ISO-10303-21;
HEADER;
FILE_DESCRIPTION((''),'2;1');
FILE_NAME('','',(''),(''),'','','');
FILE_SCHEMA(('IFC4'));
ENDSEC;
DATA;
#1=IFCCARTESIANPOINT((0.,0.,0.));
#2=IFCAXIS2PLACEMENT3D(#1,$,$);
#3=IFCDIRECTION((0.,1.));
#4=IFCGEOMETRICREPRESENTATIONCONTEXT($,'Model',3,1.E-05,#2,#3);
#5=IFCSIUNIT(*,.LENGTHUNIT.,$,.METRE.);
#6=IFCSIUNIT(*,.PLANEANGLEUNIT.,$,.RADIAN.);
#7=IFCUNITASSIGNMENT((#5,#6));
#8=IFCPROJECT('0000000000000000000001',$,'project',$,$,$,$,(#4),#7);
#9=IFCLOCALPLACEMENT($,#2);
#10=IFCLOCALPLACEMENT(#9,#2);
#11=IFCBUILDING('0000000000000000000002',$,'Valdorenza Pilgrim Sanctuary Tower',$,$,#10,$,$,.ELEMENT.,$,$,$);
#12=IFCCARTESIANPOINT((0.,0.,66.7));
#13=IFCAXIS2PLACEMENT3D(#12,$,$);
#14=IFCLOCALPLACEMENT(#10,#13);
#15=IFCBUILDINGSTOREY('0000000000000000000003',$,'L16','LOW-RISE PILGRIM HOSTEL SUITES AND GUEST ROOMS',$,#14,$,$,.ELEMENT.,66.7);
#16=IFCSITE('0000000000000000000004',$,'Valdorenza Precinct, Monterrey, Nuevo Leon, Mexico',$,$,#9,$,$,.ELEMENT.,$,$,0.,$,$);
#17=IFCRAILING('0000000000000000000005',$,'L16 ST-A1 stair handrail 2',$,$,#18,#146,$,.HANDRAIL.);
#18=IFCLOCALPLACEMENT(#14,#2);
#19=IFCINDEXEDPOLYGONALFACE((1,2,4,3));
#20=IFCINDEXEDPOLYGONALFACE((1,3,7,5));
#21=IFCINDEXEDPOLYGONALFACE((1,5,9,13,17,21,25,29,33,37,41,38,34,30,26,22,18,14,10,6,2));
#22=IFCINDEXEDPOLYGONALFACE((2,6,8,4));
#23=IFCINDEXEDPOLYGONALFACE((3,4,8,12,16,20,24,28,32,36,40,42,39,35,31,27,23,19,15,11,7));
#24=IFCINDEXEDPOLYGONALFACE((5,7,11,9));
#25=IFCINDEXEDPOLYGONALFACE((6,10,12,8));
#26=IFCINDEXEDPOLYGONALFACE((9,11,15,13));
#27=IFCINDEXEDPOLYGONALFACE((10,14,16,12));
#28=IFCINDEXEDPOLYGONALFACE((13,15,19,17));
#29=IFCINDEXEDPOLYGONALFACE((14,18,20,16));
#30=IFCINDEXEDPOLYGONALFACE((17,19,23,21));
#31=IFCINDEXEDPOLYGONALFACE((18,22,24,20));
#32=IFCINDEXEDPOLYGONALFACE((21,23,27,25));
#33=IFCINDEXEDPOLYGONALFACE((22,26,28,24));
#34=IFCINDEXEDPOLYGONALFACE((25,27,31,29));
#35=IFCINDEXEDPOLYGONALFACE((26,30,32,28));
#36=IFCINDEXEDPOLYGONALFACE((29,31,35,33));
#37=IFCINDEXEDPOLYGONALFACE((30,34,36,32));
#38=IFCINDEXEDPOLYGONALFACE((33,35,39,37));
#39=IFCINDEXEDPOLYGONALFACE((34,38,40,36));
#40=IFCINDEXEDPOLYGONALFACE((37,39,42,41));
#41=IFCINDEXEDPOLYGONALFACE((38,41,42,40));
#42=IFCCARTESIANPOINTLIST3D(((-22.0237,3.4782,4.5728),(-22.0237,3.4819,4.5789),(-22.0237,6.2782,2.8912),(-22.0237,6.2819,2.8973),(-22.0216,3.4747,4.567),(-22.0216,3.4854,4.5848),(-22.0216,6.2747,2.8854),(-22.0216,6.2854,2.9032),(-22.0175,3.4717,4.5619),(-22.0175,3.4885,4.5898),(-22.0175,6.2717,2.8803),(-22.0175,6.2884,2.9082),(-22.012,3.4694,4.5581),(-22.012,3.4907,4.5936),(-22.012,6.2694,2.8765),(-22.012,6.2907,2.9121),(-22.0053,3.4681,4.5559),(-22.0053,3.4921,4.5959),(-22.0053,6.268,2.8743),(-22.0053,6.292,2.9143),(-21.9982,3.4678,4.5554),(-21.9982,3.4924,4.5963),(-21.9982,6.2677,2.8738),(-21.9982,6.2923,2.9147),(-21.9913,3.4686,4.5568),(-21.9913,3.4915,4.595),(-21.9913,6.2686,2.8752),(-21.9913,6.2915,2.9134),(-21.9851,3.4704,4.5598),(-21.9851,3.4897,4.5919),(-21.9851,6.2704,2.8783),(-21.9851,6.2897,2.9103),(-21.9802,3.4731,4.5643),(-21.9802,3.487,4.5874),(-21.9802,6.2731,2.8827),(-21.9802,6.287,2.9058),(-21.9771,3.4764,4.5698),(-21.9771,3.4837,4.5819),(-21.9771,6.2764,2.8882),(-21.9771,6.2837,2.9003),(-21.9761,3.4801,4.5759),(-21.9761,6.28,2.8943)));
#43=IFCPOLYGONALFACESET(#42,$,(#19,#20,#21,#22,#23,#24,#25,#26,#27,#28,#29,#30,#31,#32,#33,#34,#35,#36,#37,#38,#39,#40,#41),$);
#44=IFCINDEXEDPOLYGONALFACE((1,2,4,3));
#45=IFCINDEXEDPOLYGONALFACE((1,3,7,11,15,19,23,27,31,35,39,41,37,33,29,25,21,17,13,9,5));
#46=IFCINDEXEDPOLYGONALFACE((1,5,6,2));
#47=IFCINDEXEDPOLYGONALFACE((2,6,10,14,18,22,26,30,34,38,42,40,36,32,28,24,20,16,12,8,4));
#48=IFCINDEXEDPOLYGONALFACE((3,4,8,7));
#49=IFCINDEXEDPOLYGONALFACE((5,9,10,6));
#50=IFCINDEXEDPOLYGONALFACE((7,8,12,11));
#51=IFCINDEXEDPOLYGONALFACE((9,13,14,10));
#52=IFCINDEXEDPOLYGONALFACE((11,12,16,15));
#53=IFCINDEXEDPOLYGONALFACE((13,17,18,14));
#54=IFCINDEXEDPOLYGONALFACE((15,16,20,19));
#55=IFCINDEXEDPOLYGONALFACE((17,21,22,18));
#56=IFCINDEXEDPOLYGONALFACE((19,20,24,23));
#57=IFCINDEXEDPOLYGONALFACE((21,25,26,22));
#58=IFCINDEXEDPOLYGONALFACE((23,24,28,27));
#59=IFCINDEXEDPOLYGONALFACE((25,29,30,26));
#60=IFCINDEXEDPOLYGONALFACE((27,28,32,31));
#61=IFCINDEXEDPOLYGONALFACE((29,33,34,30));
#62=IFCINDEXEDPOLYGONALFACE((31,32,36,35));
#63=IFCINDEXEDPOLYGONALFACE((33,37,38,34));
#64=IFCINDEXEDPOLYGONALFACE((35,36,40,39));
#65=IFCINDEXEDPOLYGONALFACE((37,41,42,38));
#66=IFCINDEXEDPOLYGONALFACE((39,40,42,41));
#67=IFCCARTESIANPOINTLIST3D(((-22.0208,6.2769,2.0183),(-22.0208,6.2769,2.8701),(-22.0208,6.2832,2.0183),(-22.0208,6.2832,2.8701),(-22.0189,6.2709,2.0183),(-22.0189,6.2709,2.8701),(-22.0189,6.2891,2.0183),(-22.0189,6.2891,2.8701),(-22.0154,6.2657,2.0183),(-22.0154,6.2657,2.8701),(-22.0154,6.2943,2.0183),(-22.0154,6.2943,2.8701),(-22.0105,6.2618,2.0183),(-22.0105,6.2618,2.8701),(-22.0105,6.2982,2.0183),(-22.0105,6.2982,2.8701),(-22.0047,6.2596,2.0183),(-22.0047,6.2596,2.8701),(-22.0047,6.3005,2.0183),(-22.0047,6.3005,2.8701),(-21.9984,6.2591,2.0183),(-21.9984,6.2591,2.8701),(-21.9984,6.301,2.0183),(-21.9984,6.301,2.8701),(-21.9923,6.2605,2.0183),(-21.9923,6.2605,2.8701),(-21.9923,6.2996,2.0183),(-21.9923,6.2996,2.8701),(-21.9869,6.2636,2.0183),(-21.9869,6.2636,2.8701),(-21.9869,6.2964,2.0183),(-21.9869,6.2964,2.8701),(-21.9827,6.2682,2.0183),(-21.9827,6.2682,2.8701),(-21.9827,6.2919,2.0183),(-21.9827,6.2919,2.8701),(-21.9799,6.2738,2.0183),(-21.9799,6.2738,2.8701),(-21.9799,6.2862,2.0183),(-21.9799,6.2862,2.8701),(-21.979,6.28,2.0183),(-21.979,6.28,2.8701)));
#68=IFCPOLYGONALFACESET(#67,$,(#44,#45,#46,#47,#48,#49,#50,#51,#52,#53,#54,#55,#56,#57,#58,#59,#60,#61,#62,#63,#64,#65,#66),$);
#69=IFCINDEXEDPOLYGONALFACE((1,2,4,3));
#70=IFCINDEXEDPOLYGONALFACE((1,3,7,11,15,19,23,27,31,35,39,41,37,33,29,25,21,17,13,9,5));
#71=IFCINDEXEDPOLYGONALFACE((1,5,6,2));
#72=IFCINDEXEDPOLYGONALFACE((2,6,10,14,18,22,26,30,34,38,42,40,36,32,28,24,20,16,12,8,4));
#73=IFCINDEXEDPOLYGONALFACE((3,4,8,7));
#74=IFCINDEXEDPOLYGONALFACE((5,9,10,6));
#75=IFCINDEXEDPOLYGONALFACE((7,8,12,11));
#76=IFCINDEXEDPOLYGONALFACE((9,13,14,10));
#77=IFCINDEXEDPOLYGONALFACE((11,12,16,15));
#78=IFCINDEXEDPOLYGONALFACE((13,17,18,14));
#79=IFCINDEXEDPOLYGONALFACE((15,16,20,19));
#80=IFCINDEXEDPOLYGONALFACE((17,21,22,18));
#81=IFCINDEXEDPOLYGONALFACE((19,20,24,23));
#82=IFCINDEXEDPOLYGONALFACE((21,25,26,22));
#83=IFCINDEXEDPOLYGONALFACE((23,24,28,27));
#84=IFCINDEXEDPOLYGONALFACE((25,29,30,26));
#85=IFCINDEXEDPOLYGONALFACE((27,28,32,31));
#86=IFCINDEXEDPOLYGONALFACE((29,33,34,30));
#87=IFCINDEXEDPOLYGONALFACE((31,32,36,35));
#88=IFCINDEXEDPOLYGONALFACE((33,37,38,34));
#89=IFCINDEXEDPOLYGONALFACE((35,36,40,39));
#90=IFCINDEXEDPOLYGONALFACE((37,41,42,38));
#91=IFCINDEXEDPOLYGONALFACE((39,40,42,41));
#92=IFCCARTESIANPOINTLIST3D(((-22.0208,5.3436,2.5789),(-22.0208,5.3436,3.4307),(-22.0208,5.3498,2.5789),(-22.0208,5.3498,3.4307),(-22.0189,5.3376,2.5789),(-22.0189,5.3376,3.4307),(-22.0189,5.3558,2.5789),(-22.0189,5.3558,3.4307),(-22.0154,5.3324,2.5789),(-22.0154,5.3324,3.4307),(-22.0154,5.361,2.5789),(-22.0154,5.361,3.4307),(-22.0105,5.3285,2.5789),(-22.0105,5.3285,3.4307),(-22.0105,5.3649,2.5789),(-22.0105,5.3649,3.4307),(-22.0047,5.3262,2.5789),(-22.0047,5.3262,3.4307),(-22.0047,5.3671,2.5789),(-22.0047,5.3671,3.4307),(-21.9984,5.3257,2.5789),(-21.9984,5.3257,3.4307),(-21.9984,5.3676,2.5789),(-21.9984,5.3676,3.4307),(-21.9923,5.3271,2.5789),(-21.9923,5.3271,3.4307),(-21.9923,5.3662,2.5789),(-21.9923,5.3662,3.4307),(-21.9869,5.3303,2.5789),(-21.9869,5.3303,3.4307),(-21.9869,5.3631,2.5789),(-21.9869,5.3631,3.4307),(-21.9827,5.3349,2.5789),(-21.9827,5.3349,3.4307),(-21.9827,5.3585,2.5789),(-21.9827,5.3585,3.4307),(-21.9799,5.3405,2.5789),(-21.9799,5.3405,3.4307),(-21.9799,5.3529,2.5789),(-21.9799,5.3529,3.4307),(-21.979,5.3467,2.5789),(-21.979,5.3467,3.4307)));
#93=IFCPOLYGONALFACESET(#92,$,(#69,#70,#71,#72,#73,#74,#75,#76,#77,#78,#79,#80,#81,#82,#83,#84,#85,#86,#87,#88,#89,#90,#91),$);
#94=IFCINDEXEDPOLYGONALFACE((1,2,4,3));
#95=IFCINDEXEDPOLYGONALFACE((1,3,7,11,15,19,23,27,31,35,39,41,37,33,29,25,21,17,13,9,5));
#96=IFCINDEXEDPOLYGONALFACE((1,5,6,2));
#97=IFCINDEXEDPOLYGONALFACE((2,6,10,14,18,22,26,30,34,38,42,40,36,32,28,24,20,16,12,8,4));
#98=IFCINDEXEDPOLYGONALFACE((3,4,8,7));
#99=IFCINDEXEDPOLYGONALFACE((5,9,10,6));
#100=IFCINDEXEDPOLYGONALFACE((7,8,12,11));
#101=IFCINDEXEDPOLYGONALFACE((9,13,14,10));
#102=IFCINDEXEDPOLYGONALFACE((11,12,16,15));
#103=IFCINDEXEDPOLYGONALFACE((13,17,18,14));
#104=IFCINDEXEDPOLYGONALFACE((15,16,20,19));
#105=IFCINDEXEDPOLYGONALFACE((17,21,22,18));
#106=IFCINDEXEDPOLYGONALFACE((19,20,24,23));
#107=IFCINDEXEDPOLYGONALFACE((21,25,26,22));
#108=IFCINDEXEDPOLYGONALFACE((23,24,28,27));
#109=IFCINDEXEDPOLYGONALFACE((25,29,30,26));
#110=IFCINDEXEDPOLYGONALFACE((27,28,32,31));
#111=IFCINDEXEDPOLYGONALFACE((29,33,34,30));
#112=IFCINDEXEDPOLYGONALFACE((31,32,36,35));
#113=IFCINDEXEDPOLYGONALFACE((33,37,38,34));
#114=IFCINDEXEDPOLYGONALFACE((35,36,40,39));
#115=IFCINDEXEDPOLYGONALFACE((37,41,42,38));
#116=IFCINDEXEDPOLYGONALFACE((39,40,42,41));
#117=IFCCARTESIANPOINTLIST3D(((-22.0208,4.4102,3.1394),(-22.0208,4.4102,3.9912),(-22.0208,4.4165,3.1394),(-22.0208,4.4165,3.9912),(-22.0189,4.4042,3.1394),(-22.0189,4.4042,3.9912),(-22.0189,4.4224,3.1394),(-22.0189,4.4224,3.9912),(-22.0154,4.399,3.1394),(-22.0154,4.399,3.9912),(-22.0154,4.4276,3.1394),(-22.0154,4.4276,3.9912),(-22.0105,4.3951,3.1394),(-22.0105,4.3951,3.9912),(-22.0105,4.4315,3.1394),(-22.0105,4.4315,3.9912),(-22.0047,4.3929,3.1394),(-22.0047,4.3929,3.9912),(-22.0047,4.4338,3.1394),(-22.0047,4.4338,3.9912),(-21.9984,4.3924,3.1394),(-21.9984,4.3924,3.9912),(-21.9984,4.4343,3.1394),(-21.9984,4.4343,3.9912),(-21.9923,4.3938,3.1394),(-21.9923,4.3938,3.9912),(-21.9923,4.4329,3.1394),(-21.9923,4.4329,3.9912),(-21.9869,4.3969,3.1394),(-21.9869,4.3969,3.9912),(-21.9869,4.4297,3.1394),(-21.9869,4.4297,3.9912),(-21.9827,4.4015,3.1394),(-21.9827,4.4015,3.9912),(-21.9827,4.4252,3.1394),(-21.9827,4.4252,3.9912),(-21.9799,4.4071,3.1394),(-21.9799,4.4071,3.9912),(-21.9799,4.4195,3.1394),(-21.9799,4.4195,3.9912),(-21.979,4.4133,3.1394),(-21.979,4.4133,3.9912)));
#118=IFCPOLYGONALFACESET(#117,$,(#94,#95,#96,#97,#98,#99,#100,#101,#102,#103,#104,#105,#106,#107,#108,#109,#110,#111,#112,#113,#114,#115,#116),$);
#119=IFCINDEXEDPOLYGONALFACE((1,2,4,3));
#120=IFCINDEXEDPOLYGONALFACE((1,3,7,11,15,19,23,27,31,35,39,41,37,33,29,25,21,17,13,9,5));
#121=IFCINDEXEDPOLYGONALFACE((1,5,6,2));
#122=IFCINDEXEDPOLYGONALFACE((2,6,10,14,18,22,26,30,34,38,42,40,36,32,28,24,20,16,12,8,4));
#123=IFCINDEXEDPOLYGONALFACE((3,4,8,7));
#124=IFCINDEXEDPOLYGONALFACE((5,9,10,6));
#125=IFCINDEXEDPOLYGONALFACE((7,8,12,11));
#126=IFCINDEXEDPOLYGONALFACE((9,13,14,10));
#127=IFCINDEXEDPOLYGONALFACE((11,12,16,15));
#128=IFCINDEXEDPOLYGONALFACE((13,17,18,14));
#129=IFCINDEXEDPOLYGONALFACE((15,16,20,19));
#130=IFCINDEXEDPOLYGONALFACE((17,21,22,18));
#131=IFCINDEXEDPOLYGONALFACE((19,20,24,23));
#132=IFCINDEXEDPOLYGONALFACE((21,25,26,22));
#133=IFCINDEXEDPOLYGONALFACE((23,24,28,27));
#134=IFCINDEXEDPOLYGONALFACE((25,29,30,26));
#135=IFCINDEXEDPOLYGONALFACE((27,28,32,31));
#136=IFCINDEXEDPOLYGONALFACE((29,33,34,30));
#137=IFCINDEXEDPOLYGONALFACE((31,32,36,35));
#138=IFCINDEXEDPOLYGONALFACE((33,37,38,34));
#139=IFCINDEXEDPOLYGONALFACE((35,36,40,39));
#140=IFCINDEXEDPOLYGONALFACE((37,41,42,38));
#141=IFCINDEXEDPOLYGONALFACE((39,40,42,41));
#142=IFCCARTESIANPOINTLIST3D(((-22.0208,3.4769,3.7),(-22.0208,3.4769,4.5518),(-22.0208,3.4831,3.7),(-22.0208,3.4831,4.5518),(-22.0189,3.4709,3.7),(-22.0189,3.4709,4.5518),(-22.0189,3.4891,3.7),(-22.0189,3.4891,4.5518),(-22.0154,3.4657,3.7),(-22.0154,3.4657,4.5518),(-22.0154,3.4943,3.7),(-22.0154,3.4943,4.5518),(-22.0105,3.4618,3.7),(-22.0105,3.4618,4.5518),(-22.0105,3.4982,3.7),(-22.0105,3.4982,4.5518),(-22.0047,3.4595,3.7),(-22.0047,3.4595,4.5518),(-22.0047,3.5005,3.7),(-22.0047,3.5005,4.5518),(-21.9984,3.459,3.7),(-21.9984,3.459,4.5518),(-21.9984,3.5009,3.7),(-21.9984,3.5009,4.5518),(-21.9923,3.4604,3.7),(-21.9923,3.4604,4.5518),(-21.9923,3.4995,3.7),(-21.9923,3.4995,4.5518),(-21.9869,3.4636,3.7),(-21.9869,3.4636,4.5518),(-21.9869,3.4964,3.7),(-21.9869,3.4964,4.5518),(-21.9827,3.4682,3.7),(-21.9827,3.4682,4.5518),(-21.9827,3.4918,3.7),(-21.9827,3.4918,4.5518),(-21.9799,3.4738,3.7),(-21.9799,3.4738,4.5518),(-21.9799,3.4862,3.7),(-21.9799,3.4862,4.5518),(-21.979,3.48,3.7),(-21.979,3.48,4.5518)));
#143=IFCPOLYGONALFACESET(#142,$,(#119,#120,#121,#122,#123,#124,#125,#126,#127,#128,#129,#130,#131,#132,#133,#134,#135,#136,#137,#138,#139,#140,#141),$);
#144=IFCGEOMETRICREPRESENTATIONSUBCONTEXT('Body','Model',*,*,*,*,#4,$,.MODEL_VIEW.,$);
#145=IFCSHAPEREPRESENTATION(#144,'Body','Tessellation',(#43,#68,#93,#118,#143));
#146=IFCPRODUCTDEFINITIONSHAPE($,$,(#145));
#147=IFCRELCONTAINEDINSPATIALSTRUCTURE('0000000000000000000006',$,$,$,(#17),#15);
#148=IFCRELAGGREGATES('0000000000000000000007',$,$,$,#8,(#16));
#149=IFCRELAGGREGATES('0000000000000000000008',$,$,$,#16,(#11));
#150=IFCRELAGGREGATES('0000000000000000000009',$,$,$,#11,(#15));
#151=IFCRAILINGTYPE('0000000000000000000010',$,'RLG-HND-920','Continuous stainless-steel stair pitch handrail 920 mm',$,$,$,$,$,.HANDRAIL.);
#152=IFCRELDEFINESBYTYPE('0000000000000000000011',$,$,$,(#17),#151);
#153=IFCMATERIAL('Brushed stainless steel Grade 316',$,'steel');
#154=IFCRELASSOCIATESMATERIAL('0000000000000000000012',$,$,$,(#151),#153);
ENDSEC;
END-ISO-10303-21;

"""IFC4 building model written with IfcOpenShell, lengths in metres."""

from ifc_helpers import new_model, si_unit, direction, frame, origin, origin_2d, place, context, subcontext, project, spatial, circle, extrude, material, type_object, element, save


model = new_model("IFC4")

# Units and contexts
model_context = context("Model", 3, precision=1e-05, world=origin(), true_north=direction((0.0, 1.0)))
body_context = subcontext(model_context, "Body", "Model", "MODEL_VIEW")
ifc_project = project(units=[si_unit("LENGTHUNIT", "METRE"), si_unit("PLANEANGLEUNIT", "RADIAN")], contexts=[model_context])

# Site, building, storey
site_placement = place(None, origin())
site = spatial("IfcSite", under=ifc_project, at=site_placement, Name="Valdorenza Precinct, Monterrey, Nuevo Leon, Mexico", CompositionType="ELEMENT", RefElevation=0.0)
building_placement = place(site_placement, origin())
building = spatial("IfcBuilding", under=site, at=building_placement, Name="Valdorenza Pilgrim Sanctuary Tower", CompositionType="ELEMENT")
storey_placement = place(building_placement, frame((0.0, 0.0, 66.7)))
storey = spatial("IfcBuildingStorey", under=building, at=storey_placement, Name="L16", Description="LOW-RISE PILGRIM HOSTEL SUITES AND GUEST ROOMS", CompositionType="ELEMENT", Elevation=66.7)

# Railing
ifc_material_1 = material(Name="Brushed stainless steel Grade 316", Category="steel")
railing_type_1 = type_object("IfcRailingType", Name="RLG-HND-920", Description="Continuous stainless-steel stair pitch handrail 920 mm", PredefinedType="HANDRAIL", material=ifc_material_1)
railing_1_placement = place(storey_placement, frame((-22.0, 6.28, 2.0183)))
element("IfcRailing", 1, at=railing_1_placement, inside=storey, type_object=railing_type_1, Name="L16 ST-A1 stair handrail 2", PredefinedType="HANDRAIL", context=body_context, shape_type="SweptSolid", body=[
    extrude(circle(Radius=0.0239, at=origin_2d()), frame((0.0, 0.0, 0.876), z_axis=(0.0, -0.857275, 0.514858), x_axis=(1.0, 0.0, 0.0)), (0.0, 0.0, 1.0), 3.2661),
    extrude(circle(Radius=0.021, at=origin_2d()), origin(), (0.0, 0.0, 1.0), 0.8518),
    extrude(circle(Radius=0.021, at=origin_2d()), frame((0.0, -0.9333, 0.5605)), (0.0, 0.0, 1.0), 0.8518),
    extrude(circle(Radius=0.021, at=origin_2d()), frame((0.0, -1.8667, 1.1211)), (0.0, 0.0, 1.0), 0.8518),
    extrude(circle(Radius=0.021, at=origin_2d()), frame((0.0, -2.8, 1.6816)), (0.0, 0.0, 1.0), 0.8518),
])

save(model, "model.ifc")
